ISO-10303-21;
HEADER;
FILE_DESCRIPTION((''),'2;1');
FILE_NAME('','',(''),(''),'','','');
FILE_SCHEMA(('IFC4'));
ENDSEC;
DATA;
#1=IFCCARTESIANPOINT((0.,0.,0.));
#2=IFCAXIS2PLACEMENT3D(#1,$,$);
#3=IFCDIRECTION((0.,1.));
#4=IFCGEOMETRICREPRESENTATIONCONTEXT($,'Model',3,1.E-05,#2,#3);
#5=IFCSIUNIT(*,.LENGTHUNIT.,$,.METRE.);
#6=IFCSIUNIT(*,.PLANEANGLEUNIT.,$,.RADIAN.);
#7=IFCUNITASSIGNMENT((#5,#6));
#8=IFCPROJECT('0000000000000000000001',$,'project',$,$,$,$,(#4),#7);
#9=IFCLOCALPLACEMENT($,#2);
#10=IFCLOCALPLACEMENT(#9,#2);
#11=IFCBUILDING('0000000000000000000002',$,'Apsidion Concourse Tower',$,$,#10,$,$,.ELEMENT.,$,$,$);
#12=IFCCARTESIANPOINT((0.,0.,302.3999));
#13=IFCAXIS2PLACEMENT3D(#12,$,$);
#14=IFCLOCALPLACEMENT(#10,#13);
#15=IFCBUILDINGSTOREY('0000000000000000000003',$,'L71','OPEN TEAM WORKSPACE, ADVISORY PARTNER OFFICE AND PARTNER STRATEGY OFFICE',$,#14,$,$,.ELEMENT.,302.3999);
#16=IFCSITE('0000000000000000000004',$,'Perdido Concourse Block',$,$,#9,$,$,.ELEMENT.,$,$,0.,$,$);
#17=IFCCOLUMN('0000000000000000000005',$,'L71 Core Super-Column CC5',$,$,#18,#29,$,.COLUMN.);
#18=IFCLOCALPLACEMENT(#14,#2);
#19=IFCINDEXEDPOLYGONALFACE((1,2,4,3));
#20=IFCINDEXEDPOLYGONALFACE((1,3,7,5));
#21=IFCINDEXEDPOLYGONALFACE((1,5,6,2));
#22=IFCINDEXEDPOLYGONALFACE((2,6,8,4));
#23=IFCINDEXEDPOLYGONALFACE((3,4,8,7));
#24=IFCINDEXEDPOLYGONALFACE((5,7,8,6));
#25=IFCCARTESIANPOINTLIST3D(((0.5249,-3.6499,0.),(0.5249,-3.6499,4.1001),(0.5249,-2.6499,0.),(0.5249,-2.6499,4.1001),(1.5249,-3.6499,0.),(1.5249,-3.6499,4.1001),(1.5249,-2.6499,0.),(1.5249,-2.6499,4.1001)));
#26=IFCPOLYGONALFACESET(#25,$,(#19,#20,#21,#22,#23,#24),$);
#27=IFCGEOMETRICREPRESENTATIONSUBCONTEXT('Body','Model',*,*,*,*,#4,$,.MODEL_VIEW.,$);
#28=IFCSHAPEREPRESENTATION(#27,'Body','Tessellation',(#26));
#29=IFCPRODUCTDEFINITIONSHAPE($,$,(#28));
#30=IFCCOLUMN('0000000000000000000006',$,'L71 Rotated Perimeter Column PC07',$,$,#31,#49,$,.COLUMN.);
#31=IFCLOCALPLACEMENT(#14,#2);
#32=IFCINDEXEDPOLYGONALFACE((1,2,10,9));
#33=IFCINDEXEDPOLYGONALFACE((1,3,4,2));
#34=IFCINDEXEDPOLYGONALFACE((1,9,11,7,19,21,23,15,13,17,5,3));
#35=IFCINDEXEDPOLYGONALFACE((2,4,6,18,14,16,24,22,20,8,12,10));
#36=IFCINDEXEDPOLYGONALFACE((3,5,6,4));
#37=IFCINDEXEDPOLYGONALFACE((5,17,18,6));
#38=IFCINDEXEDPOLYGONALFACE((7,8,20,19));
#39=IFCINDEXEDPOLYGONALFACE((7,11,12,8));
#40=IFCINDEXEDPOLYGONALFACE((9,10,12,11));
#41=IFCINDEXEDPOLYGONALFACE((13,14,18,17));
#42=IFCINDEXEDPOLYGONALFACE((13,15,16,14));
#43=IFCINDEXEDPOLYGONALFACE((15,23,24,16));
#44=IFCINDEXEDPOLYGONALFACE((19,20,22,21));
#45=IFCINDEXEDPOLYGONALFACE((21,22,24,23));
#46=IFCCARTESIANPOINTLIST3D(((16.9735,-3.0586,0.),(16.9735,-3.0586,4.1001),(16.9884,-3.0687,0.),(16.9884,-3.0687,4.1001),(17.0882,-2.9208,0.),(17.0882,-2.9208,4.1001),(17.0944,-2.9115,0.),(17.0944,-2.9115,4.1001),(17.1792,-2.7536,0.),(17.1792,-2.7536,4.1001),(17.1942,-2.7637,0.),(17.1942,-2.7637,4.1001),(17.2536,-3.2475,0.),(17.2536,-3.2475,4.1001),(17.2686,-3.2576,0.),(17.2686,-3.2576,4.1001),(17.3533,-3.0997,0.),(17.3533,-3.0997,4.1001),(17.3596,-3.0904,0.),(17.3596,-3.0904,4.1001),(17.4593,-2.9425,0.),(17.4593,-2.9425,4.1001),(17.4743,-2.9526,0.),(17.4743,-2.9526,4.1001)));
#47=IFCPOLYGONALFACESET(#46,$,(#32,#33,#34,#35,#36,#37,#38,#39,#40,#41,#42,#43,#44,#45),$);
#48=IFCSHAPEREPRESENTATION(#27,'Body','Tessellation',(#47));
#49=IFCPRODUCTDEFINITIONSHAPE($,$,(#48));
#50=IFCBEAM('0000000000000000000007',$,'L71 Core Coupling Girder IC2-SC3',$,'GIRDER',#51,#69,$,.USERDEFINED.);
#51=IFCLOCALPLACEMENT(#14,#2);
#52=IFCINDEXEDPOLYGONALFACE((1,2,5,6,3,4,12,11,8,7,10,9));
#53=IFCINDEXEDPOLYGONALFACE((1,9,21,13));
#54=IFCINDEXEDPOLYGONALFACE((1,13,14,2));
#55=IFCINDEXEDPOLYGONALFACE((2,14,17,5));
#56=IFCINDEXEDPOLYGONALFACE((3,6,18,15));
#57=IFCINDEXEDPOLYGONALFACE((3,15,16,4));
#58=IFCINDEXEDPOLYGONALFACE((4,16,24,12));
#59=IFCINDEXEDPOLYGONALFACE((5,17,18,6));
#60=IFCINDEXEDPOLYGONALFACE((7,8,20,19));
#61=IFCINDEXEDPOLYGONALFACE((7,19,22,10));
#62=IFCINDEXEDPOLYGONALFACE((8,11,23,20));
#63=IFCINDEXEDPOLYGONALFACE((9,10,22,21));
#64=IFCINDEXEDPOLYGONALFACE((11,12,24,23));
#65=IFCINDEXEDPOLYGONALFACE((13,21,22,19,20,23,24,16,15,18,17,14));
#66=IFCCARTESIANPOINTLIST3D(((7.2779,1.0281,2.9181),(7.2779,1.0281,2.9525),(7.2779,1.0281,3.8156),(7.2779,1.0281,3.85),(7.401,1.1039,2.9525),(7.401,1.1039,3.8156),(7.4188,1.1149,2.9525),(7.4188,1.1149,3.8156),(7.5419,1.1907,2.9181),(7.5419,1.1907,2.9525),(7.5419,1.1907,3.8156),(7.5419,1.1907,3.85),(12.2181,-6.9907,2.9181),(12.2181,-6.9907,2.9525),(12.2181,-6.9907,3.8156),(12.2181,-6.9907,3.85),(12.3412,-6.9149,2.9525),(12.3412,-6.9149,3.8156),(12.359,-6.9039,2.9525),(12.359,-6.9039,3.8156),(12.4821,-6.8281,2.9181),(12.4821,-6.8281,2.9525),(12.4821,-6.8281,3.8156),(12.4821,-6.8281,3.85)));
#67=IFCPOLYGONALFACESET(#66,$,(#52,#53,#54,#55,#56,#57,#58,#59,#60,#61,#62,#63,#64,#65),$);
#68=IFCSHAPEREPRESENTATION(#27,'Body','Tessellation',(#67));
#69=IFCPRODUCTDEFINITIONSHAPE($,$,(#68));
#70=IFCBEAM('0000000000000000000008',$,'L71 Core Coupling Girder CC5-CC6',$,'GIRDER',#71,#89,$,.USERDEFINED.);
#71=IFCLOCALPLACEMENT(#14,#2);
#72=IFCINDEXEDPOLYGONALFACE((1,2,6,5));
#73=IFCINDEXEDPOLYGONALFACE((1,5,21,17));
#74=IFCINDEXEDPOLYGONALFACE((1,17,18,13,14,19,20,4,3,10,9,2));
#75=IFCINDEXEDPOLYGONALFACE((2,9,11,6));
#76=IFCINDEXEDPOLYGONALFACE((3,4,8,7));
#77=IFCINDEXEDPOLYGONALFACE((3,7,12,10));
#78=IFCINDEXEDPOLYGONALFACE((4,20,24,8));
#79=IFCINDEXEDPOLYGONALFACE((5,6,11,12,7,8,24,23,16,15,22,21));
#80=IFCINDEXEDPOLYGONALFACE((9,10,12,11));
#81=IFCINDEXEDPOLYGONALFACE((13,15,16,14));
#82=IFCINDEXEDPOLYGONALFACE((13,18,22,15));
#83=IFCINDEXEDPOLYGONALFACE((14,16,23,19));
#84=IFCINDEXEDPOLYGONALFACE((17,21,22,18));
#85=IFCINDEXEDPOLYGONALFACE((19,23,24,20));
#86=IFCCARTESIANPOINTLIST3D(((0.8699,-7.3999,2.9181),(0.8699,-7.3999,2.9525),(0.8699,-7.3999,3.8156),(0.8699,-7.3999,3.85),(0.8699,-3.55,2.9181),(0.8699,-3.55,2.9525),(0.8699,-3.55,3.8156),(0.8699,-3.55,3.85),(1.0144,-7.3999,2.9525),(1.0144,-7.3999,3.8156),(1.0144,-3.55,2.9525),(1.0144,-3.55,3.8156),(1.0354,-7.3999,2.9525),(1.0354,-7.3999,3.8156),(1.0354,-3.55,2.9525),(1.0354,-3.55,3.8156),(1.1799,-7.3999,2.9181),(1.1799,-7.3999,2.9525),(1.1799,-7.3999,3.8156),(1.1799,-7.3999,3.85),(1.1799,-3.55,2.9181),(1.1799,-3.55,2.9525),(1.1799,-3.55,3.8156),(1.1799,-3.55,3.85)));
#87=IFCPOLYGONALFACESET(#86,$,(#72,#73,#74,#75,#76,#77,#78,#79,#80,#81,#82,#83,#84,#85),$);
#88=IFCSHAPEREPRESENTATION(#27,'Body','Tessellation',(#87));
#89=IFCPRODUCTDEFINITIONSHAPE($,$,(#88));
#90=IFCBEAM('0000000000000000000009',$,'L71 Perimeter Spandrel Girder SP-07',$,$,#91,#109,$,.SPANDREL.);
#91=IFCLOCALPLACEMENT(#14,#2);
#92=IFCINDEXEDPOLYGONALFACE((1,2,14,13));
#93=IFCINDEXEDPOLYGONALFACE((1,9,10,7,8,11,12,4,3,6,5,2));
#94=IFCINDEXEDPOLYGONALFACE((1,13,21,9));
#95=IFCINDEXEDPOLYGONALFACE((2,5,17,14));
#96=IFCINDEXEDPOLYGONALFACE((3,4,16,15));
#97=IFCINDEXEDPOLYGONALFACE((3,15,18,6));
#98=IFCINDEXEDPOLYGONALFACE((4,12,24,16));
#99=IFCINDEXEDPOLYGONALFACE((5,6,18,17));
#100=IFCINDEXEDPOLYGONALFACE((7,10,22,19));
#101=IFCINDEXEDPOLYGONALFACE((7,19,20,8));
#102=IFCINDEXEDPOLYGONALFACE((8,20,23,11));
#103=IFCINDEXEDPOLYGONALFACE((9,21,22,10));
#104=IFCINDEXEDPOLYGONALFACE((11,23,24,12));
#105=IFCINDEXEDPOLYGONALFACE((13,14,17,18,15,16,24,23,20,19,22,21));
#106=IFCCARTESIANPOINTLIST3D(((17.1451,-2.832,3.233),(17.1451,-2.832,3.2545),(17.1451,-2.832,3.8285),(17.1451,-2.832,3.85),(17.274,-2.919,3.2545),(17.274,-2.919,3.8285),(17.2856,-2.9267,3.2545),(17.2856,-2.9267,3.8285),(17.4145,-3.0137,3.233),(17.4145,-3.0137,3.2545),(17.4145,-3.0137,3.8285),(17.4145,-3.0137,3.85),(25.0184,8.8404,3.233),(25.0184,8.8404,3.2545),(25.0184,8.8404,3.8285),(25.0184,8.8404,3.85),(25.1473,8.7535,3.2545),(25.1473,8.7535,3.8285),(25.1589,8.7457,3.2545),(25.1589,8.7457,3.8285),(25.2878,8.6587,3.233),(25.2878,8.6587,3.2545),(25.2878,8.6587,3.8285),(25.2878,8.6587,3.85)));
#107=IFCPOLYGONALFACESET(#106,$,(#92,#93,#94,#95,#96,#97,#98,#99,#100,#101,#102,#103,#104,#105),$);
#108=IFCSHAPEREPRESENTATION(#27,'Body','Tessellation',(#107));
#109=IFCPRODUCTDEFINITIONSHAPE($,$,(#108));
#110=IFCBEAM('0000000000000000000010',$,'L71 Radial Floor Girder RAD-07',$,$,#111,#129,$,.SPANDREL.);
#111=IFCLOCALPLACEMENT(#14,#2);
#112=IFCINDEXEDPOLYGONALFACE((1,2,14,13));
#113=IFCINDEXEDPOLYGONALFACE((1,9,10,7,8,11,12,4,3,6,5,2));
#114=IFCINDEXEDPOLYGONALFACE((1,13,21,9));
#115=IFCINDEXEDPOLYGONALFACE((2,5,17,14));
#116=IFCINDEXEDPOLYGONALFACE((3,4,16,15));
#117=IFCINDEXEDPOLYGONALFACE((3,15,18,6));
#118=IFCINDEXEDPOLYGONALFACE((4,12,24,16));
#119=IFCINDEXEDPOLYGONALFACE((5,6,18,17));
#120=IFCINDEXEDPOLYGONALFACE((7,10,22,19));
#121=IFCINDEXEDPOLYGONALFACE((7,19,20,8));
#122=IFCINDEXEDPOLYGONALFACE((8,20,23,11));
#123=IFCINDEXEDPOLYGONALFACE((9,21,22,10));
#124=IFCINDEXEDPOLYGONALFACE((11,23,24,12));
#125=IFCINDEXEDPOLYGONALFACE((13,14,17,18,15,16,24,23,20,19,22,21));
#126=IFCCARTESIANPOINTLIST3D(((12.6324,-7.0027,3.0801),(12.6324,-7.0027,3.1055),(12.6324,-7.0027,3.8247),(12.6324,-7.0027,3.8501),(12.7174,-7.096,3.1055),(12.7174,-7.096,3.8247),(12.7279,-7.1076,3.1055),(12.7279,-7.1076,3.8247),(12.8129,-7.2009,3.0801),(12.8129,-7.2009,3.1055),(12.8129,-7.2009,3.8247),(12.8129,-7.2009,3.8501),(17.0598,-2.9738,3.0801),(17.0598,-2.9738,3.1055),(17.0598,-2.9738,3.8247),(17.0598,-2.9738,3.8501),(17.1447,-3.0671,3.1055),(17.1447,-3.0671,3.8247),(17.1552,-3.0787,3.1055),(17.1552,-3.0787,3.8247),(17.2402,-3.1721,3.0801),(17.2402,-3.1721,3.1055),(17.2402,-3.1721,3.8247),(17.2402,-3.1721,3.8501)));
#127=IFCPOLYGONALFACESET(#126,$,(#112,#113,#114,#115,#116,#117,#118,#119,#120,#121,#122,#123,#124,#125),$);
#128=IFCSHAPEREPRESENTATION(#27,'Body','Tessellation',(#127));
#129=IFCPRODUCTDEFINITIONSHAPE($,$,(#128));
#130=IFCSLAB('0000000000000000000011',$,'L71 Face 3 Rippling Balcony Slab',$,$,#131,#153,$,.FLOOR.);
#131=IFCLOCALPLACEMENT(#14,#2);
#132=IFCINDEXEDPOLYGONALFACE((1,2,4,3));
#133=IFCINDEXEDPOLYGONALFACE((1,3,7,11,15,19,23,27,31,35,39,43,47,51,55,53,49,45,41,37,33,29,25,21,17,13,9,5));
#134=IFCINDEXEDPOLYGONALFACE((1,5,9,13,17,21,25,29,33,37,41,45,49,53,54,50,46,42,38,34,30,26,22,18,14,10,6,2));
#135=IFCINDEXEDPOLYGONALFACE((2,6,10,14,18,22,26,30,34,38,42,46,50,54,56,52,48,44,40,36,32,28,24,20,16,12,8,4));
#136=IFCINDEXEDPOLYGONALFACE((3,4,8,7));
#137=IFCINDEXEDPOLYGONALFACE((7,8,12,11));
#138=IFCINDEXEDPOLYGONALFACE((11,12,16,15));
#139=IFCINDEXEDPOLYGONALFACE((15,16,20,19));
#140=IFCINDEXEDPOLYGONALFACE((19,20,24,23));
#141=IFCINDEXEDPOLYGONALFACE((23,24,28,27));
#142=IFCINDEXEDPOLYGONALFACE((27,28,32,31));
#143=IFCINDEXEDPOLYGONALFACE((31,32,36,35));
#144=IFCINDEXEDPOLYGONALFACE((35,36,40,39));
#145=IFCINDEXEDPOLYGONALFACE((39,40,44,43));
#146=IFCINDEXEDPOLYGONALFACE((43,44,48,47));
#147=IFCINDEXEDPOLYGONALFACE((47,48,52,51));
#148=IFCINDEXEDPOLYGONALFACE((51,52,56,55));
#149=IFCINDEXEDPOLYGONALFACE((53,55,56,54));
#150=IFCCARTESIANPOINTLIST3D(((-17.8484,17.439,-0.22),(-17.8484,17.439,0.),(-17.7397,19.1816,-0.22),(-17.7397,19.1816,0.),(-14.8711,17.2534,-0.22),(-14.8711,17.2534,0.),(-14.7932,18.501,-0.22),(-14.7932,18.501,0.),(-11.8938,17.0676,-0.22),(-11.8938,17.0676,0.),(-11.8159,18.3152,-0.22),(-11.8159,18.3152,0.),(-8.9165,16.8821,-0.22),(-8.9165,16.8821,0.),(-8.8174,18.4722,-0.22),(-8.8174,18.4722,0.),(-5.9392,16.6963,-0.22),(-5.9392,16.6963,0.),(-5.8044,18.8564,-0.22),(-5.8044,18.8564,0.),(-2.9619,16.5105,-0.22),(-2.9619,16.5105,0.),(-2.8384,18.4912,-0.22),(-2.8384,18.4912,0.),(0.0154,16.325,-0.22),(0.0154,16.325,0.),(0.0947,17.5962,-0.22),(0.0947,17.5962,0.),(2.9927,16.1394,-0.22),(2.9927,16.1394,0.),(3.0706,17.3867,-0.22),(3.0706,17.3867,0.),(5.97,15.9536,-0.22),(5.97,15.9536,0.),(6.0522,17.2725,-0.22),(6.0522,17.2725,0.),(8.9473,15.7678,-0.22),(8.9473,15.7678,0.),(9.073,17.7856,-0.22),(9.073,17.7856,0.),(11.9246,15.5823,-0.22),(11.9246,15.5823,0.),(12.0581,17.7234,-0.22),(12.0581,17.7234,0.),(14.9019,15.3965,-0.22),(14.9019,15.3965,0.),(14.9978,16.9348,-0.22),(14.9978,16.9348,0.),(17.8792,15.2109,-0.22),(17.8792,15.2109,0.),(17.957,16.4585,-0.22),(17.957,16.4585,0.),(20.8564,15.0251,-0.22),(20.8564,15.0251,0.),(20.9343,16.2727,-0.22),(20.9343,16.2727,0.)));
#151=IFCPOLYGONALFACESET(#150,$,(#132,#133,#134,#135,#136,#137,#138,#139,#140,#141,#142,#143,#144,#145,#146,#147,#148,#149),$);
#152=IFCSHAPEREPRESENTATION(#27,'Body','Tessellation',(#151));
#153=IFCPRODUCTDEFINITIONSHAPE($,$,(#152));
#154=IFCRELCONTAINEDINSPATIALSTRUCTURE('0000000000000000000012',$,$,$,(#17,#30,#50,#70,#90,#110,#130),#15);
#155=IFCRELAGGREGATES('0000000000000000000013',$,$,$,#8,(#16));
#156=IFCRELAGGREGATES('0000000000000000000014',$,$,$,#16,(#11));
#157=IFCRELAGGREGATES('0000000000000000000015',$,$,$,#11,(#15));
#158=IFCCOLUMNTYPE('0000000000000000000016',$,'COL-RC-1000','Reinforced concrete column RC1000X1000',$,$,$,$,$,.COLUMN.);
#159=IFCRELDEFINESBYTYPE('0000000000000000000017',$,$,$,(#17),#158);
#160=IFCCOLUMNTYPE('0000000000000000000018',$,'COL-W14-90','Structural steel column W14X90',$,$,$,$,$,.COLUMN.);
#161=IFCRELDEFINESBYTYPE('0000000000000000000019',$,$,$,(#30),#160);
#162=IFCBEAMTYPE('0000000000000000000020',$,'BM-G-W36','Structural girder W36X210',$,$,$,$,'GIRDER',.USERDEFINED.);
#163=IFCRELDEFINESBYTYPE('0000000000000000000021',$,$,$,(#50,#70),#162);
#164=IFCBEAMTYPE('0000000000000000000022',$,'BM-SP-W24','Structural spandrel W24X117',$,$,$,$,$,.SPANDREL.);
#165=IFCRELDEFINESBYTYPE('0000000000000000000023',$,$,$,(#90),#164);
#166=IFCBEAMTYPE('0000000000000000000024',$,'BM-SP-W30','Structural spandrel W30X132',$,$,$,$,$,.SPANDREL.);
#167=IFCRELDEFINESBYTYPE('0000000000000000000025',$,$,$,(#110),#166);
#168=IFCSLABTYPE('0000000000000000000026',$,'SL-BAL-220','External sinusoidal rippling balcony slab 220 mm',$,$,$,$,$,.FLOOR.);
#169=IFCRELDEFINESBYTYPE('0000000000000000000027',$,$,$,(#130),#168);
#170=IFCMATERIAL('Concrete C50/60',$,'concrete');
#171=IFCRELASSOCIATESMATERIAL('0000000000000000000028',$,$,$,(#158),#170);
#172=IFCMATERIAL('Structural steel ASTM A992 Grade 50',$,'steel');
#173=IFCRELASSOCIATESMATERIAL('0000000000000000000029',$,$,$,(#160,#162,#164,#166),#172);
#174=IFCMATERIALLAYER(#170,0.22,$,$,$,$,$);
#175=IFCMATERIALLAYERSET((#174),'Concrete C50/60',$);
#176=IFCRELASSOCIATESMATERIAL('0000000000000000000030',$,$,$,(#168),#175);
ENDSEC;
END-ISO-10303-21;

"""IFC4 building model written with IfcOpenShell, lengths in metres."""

from ifc_helpers import new_model, si_unit, direction, frame, origin, origin_2d, place, context, subcontext, project, spatial, polyline, rectangle, i_section, outline, extrude, material, layer, layer_set, material_profile, profile_set, type_object, element, save


model = new_model("IFC4")

# Units and contexts
model_context = context("Model", 3, precision=1e-05, world=origin(), true_north=direction((0.0, 1.0)))
body_context = subcontext(model_context, "Body", "Model", "MODEL_VIEW")
ifc_project = project(units=[si_unit("LENGTHUNIT", "METRE"), si_unit("PLANEANGLEUNIT", "RADIAN")], contexts=[model_context])

# Site, building, storey
site_placement = place(None, origin())
site = spatial("IfcSite", under=ifc_project, at=site_placement, Name="Perdido Concourse Block", CompositionType="ELEMENT", RefElevation=0.0)
building_placement = place(site_placement, origin())
building = spatial("IfcBuilding", under=site, at=building_placement, Name="Apsidion Concourse Tower", CompositionType="ELEMENT")
storey_placement = place(building_placement, frame((0.0, 0.0, 302.3999)))
storey = spatial("IfcBuildingStorey", under=building, at=storey_placement, Name="L71", Description="OPEN TEAM WORKSPACE, ADVISORY PARTNER OFFICE AND PARTNER STRATEGY OFFICE", CompositionType="ELEMENT", Elevation=302.3999)

# Columns
ifc_material_1 = material(Name="Concrete C50/60", Category="concrete")
ifc_material_profile_1 = material_profile(ifc_material_1, rectangle(XDim=1.0, YDim=1.0, at=origin_2d()), Name="RC 1000x1000")
ifc_profile_set_1 = profile_set([ifc_material_profile_1], Name="Concrete C50/60")
column_type_1 = type_object("IfcColumnType", Name="COL-RC-1000", Description="Reinforced concrete column RC1000X1000", PredefinedType="COLUMN", material=ifc_profile_set_1)
column_1_placement = place(storey_placement, frame((1.0249, -3.1499, 0.0), z_axis=(0.0, 0.0, 1.0), x_axis=(1.0, 0.0, 0.0)))
element("IfcColumn", 1, at=column_1_placement, inside=storey, type_object=column_type_1, Name="L71 Core Super-Column CC5", PredefinedType="COLUMN", context=body_context, shape_type="SweptSolid", body=[
    extrude(rectangle(XDim=1.0, YDim=1.0, at=origin_2d()), origin(), (0.0, 0.0, 1.0), 4.1001),
])
ifc_material_2 = material(Name="Structural steel ASTM A992 Grade 50", Category="steel")
ifc_material_profile_2 = material_profile(ifc_material_2, i_section(OverallWidth=0.3679, OverallDepth=0.356, WebThickness=0.0112, FlangeThickness=0.0181, at=origin_2d()), Name="W14X90")
ifc_profile_set_2 = profile_set([ifc_material_profile_2], Name="Structural steel ASTM A992 Grade 50")
column_type_2 = type_object("IfcColumnType", Name="COL-W14-90", Description="Structural steel column W14X90", PredefinedType="COLUMN", material=ifc_profile_set_2)
column_2_placement = place(storey_placement, frame((17.2239, -3.0056, 0.0), z_axis=(0.0, 0.0, 1.0), x_axis=(0.559193, 0.829038, 0.0)))
element("IfcColumn", 2, at=column_2_placement, inside=storey, type_object=column_type_2, Name="L71 Rotated Perimeter Column PC07", PredefinedType="COLUMN", context=body_context, shape_type="SweptSolid", body=[
    extrude(i_section(OverallWidth=0.3679, OverallDepth=0.356, WebThickness=0.0112, FlangeThickness=0.0181, at=origin_2d()), origin(), (0.0, 0.0, 1.0), 4.1001),
])

# Beams
ifc_material_profile_3 = material_profile(ifc_material_2, i_section(OverallWidth=0.3101, OverallDepth=0.9319, WebThickness=0.021, FlangeThickness=0.0344, at=origin_2d()), Name="W36X210")
ifc_profile_set_3 = profile_set([ifc_material_profile_3], Name="Structural steel ASTM A992 Grade 50")
beam_type_1 = type_object("IfcBeamType", Name="BM-G-W36", Description="Structural girder W36X210", ElementType="GIRDER", PredefinedType="USERDEFINED", material=ifc_profile_set_3)
beam_1_placement = place(storey_placement, frame((12.3501, -6.9094, 3.384), z_axis=(-0.524524, 0.851396, 0.0), x_axis=(-0.851396, -0.524524, 0.0)))
element("IfcBeam", 3, at=beam_1_placement, inside=storey, type_object=beam_type_1, Name="L71 Core Coupling Girder IC2-SC3", ObjectType="GIRDER", PredefinedType="USERDEFINED", context=body_context, shape_type="SweptSolid", body=[
    extrude(i_section(OverallWidth=0.3101, OverallDepth=0.9319, WebThickness=0.021, FlangeThickness=0.0344, at=origin_2d()), origin(), (0.0, 0.0, 1.0), 9.4185),
])
beam_2_placement = place(storey_placement, frame((1.0249, -3.55, 3.384), z_axis=(0.0, -1.0, 0.0), x_axis=(1.0, 0.0, 0.0)))
element("IfcBeam", 4, at=beam_2_placement, inside=storey, type_object=beam_type_1, Name="L71 Core Coupling Girder CC5-CC6", ObjectType="GIRDER", PredefinedType="USERDEFINED", context=body_context, shape_type="SweptSolid", body=[
    extrude(i_section(OverallWidth=0.3101, OverallDepth=0.9319, WebThickness=0.021, FlangeThickness=0.0344, at=origin_2d()), origin(), (0.0, 0.0, 1.0), 3.8499),
])
ifc_material_profile_4 = material_profile(ifc_material_2, i_section(OverallWidth=0.325, OverallDepth=0.6169, WebThickness=0.0139, FlangeThickness=0.0215, at=origin_2d()), Name="W24X117")
ifc_profile_set_4 = profile_set([ifc_material_profile_4], Name="Structural steel ASTM A992 Grade 50")
beam_type_2 = type_object("IfcBeamType", Name="BM-SP-W24", Description="Structural spandrel W24X117", PredefinedType="SPANDREL", material=ifc_profile_set_4)
beam_3_placement = place(storey_placement, frame((17.2798, -2.9229, 3.5415), z_axis=(0.559202, 0.829032, 0.0), x_axis=(-0.829032, 0.559202, 0.0)))
element("IfcBeam", 5, at=beam_3_placement, inside=storey, type_object=beam_type_2, Name="L71 Perimeter Spandrel Girder SP-07", PredefinedType="SPANDREL", context=body_context, shape_type="SweptSolid", body=[
    extrude(i_section(OverallWidth=0.325, OverallDepth=0.6169, WebThickness=0.0139, FlangeThickness=0.0215, at=origin_2d()), origin(), (0.0, 0.0, 1.0), 14.0796),
])
ifc_material_profile_5 = material_profile(ifc_material_2, i_section(OverallWidth=0.2681, OverallDepth=0.77, WebThickness=0.0156, FlangeThickness=0.0254, at=origin_2d()), Name="W30X132")
ifc_profile_set_5 = profile_set([ifc_material_profile_5], Name="Structural steel ASTM A992 Grade 50")
beam_type_3 = type_object("IfcBeamType", Name="BM-SP-W30", Description="Structural spandrel W30X132", PredefinedType="SPANDREL", material=ifc_profile_set_5)
beam_4_placement = place(storey_placement, frame((12.7227, -7.1018, 3.4651), z_axis=(0.739604, 0.673042, 0.0), x_axis=(-0.673042, 0.739604, 0.0)))
element("IfcBeam", 6, at=beam_4_placement, inside=storey, type_object=beam_type_3, Name="L71 Radial Floor Girder RAD-07", PredefinedType="SPANDREL", context=body_context, shape_type="SweptSolid", body=[
    extrude(i_section(OverallWidth=0.2681, OverallDepth=0.77, WebThickness=0.0156, FlangeThickness=0.0254, at=origin_2d()), origin(), (0.0, 0.0, 1.0), 5.9861),
])

# Slab
ifc_layer_1 = layer(ifc_material_1, 0.22)
ifc_layer_set_1 = layer_set([ifc_layer_1], Name="Concrete C50/60")
slab_type_1 = type_object("IfcSlabType", Name="SL-BAL-220", Description="External sinusoidal rippling balcony slab 220 mm", PredefinedType="FLOOR", material=ifc_layer_set_1)
slab_1_placement = place(storey_placement, frame((0.0, 0.0, -0.22)))
element("IfcSlab", 7, at=slab_1_placement, inside=storey, type_object=slab_type_1, Name="L71 Face 3 Rippling Balcony Slab", PredefinedType="FLOOR", context=body_context, shape_type="SweptSolid", body=[
    extrude(outline(polyline([(20.8564, 15.0251), (17.8792, 15.2109), (14.9019, 15.3965), (11.9246, 15.5823), (8.9473, 15.7678), (5.97, 15.9536), (2.9927, 16.1394), (0.0154, 16.325), (-2.9619, 16.5105), (-5.9392, 16.6963), (-8.9165, 16.8821), (-11.8938, 17.0676), (-14.8711, 17.2534), (-17.8484, 17.439), (-17.7397, 19.1816), (-14.7932, 18.501), (-11.8159, 18.3152), (-8.8174, 18.4722), (-5.8044, 18.8564), (-2.8384, 18.4912), (0.0947, 17.5962), (3.0706, 17.3867), (6.0522, 17.2725), (9.073, 17.7856), (12.0581, 17.7234), (14.9978, 16.9348), (17.957, 16.4585), (20.9343, 16.2727), (20.8564, 15.0251)])), origin(), (0.0, 0.0, 1.0), 0.22),
])

save(model, "model.ifc")
